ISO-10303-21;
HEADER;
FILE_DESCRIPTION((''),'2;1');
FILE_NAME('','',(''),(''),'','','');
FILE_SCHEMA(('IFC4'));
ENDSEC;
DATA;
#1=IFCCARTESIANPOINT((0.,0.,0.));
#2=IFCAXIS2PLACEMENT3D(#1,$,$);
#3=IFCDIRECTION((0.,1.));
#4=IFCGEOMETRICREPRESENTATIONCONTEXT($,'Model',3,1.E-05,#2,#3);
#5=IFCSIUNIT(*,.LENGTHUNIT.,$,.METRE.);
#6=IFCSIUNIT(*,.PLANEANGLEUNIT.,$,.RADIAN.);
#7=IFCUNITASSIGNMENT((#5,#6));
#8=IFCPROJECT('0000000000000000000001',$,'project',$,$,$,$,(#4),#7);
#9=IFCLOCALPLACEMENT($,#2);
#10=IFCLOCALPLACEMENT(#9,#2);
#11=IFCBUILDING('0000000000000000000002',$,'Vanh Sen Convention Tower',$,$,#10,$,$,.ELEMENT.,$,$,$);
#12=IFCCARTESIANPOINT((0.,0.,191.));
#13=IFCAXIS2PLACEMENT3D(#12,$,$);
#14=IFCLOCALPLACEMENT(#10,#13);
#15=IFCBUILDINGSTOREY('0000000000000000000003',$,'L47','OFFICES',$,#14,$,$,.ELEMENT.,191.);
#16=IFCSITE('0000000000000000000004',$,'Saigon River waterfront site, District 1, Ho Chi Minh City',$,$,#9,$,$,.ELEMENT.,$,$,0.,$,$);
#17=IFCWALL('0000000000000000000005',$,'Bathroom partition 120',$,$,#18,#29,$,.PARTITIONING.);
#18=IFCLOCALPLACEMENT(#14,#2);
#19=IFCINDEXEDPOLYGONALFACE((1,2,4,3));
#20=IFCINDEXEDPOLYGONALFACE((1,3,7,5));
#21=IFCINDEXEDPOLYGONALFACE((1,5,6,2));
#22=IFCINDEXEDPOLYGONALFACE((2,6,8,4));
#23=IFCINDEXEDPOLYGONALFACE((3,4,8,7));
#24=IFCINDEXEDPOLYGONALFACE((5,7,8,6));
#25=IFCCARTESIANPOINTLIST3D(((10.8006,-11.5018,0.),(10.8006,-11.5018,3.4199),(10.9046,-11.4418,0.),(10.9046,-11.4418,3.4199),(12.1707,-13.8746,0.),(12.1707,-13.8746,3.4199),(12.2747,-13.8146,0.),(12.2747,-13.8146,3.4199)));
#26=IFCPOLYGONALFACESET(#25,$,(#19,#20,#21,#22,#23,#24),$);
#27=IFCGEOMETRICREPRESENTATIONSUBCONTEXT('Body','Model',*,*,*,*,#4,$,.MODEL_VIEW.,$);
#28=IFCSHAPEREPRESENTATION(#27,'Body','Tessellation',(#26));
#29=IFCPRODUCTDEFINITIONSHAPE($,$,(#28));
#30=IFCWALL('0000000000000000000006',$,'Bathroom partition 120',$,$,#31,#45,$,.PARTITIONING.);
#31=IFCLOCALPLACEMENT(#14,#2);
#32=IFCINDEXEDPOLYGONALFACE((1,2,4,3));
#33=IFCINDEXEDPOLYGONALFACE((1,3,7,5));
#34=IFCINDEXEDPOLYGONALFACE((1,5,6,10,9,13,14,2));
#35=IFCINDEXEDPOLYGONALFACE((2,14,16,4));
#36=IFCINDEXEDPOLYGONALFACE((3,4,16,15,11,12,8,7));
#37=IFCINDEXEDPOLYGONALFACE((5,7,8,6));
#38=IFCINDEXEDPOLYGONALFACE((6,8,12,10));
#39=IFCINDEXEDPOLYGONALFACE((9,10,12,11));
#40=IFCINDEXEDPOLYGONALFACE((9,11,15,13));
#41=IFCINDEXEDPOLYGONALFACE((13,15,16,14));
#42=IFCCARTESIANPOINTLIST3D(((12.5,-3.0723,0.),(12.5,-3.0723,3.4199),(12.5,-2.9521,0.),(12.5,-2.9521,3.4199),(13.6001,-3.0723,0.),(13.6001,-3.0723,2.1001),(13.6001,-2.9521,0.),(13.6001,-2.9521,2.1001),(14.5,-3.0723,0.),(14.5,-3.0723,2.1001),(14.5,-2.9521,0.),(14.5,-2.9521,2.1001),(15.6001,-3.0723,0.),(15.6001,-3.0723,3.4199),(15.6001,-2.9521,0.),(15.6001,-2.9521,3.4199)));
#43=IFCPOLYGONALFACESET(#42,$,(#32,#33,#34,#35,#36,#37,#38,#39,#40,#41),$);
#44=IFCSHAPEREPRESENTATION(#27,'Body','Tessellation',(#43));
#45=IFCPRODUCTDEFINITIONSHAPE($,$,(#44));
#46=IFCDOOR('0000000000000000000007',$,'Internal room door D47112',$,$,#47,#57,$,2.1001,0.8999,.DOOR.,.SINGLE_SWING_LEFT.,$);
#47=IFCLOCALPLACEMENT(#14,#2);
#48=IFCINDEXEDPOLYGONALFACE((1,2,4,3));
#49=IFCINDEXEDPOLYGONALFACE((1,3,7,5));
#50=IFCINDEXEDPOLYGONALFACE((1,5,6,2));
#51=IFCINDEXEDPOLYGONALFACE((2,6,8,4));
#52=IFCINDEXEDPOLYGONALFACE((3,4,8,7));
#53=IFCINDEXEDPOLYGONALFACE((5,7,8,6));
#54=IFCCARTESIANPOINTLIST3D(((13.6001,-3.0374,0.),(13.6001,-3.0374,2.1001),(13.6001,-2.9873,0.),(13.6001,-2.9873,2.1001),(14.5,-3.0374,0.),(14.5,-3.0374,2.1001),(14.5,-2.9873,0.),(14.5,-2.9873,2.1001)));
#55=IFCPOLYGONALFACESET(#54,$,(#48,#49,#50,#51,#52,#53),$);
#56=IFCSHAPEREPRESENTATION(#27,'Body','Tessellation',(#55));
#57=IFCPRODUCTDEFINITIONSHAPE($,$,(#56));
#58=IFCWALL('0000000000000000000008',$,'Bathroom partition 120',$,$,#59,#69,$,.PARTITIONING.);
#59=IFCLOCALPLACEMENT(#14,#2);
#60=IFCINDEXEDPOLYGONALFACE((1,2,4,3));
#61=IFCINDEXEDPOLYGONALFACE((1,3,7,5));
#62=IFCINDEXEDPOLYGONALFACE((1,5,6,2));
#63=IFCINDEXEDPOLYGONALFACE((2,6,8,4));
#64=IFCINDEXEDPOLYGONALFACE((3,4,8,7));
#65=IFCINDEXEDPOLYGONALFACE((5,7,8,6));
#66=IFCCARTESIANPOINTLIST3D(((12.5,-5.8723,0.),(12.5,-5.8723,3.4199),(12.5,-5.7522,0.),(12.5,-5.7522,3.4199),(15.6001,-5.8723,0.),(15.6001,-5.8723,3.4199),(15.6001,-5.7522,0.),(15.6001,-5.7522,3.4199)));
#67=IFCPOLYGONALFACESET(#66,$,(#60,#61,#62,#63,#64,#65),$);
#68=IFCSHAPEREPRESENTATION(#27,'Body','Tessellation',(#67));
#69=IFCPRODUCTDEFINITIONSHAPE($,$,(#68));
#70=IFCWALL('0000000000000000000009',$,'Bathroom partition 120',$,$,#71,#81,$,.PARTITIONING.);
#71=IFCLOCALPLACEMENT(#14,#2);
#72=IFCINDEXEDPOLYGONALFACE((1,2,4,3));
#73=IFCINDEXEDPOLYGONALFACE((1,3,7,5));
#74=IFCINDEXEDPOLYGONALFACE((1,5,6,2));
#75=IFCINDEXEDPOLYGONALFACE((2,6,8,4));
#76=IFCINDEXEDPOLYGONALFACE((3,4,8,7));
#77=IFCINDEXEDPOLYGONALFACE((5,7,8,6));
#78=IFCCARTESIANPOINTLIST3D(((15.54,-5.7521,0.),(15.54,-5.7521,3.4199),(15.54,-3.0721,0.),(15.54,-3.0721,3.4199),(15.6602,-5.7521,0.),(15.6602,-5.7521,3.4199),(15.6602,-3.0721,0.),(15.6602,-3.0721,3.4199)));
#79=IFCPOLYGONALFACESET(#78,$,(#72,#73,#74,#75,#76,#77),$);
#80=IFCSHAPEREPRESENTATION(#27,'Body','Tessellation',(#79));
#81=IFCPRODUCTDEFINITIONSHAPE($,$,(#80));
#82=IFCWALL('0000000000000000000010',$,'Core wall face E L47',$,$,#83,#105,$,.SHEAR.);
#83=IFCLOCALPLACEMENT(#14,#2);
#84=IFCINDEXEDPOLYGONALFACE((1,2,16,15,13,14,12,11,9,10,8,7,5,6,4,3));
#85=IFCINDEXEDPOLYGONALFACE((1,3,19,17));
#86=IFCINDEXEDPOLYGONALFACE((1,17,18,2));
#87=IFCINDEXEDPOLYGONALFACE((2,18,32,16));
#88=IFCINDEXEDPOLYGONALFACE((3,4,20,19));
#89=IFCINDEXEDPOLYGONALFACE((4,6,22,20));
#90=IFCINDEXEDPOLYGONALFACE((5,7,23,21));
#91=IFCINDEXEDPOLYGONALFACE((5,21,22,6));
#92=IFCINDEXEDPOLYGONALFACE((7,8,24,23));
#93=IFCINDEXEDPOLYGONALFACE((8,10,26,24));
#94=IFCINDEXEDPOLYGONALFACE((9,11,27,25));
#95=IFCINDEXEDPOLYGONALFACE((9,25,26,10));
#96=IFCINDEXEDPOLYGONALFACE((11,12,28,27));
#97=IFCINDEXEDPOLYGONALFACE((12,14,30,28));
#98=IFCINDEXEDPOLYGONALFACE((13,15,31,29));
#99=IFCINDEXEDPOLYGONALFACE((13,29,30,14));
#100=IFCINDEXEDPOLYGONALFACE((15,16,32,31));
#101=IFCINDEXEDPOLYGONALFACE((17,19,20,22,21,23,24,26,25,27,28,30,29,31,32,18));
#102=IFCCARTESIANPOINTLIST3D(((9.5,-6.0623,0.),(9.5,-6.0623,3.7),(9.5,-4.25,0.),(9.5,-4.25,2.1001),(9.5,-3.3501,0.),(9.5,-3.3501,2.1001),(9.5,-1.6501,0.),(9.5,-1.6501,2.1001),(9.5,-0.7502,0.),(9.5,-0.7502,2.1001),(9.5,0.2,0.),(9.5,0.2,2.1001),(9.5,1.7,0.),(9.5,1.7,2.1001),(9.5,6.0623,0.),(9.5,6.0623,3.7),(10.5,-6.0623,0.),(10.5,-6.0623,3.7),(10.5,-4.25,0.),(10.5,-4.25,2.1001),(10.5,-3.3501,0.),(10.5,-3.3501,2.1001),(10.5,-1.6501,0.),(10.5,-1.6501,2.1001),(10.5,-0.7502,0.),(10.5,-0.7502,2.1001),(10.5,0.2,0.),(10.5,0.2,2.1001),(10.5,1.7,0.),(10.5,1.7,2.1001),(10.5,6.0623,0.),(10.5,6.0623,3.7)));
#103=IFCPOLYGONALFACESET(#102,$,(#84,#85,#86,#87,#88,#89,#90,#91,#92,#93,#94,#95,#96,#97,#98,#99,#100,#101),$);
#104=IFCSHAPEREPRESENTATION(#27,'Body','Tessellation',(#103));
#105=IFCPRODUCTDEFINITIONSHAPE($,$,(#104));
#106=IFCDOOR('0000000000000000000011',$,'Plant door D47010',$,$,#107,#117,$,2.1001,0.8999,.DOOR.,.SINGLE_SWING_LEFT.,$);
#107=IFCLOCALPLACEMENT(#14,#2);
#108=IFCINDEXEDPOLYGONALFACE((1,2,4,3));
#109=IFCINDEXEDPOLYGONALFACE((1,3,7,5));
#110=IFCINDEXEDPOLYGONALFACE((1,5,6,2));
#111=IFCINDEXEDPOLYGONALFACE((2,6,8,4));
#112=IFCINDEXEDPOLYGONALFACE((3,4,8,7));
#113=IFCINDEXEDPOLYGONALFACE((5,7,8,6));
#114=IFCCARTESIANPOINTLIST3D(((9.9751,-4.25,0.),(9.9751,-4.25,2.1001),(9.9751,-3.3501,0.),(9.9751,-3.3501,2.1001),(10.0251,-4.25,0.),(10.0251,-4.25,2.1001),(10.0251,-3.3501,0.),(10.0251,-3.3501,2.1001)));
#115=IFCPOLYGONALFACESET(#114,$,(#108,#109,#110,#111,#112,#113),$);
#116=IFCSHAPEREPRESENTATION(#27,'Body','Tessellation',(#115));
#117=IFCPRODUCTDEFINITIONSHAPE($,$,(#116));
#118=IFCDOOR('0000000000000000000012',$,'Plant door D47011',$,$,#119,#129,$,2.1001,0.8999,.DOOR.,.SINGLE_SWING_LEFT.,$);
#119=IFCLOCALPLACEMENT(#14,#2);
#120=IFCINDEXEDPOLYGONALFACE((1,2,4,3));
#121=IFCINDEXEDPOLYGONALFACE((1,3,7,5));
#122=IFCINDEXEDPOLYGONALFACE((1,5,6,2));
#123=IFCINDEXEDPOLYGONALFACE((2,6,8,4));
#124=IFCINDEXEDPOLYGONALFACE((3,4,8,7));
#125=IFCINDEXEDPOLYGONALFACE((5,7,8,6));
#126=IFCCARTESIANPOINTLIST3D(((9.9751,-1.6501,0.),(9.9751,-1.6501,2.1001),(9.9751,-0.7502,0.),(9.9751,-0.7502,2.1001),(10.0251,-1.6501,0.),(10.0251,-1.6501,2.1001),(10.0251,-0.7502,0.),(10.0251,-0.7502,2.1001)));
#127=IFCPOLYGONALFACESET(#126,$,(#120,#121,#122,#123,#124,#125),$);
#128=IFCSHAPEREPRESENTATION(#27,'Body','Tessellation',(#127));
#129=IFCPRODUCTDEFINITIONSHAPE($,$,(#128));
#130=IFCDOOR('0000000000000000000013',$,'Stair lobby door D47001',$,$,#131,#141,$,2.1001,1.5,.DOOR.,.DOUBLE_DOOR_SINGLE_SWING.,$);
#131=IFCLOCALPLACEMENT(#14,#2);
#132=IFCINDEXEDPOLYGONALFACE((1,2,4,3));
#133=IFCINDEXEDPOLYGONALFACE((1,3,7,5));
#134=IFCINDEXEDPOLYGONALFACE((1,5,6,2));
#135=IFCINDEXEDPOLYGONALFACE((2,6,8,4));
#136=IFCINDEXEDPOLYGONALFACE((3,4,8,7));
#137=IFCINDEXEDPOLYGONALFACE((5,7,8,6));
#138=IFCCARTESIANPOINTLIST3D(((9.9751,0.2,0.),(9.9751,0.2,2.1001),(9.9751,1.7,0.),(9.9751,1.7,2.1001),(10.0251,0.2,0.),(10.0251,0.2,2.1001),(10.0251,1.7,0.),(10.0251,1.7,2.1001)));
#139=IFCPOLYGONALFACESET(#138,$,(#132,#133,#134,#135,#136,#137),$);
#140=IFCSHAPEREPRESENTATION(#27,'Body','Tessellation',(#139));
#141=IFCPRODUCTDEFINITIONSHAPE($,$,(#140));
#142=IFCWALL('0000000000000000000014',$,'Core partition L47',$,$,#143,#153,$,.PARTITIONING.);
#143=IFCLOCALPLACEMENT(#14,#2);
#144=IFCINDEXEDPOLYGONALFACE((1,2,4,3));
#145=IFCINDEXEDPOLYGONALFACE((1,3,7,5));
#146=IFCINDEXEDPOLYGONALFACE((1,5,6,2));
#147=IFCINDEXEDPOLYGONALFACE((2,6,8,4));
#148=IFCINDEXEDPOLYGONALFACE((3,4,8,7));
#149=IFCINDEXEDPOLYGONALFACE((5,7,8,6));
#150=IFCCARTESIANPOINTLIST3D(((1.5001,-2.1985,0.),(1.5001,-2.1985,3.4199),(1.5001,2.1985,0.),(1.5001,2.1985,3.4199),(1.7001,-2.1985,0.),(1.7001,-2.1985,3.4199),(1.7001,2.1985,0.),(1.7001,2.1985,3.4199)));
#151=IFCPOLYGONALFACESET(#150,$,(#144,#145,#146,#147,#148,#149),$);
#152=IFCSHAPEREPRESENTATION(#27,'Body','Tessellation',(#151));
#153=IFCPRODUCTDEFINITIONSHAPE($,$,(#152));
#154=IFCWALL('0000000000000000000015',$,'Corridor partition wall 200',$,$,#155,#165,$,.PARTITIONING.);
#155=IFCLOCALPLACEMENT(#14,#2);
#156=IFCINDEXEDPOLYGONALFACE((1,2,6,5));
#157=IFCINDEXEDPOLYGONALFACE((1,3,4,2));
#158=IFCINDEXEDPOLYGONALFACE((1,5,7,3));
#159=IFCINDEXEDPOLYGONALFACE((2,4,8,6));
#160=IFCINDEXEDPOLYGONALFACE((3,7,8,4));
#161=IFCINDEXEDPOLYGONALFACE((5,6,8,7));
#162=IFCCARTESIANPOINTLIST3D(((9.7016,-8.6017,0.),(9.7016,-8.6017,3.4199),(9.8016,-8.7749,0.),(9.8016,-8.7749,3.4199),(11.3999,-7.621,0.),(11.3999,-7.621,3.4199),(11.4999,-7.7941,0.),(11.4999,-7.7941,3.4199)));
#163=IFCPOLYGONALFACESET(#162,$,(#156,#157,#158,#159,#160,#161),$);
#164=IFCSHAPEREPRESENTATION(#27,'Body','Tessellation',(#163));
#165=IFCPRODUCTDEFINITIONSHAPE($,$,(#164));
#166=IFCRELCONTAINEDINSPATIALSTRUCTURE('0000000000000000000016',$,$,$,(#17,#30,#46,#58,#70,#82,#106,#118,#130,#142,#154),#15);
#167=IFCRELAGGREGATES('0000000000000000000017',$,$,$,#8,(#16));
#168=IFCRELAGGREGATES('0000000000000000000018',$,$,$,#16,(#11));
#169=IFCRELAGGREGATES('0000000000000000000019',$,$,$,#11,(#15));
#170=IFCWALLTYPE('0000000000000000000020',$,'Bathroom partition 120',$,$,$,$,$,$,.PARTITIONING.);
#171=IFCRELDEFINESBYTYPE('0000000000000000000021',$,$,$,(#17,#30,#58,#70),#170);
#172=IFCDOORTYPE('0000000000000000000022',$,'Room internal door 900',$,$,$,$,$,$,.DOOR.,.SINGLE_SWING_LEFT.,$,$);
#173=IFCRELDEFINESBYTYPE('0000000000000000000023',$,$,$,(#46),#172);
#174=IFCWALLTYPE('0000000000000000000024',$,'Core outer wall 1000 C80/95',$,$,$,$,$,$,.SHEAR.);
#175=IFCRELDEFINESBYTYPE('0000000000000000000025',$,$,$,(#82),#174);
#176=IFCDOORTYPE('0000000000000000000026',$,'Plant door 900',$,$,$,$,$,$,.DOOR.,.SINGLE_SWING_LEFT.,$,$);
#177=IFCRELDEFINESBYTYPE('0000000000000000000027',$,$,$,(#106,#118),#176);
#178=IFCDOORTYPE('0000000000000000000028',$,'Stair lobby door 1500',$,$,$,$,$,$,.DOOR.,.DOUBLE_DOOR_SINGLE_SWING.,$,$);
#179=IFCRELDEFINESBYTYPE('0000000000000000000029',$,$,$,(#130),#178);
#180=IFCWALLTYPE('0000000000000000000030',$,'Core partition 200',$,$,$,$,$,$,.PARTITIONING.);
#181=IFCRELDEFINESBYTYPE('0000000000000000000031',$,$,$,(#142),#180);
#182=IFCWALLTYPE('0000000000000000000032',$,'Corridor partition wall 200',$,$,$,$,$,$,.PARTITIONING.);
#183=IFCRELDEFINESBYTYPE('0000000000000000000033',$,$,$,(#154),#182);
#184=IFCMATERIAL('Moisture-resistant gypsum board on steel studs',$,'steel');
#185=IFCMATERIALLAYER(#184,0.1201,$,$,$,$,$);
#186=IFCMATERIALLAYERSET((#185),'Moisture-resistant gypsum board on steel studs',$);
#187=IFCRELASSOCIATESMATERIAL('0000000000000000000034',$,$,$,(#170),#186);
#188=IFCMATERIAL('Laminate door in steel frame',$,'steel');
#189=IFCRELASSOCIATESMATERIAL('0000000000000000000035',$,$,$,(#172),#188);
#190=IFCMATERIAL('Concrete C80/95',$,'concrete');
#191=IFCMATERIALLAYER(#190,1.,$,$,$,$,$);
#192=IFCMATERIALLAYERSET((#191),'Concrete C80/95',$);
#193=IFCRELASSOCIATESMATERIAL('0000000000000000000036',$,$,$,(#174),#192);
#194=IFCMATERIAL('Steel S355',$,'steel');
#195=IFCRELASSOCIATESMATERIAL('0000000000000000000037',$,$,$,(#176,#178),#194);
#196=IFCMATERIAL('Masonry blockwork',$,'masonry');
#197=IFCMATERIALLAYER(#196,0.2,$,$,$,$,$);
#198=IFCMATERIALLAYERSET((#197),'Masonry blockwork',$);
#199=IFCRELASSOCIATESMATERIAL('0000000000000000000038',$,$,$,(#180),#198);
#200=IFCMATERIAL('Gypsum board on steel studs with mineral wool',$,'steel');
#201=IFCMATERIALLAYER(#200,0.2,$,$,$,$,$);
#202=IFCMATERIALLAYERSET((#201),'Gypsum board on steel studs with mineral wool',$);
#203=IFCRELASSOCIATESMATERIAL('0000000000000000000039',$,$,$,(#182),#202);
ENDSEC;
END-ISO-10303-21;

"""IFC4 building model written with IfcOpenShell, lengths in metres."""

from ifc_helpers import new_model, si_unit, direction, frame, frame_2d, origin, place, context, subcontext, project, spatial, rectangle, extrude, material, layer, layer_set, type_object, element, fill, save


model = new_model("IFC4")

# Units and contexts
model_context = context("Model", 3, precision=1e-05, world=origin(), true_north=direction((0.0, 1.0)))
body_context = subcontext(model_context, "Body", "Model", "MODEL_VIEW")
ifc_project = project(units=[si_unit("LENGTHUNIT", "METRE"), si_unit("PLANEANGLEUNIT", "RADIAN")], contexts=[model_context])

# Site, building, storey
site_placement = place(None, origin())
site = spatial("IfcSite", under=ifc_project, at=site_placement, Name="Saigon River waterfront site, District 1, Ho Chi Minh City", CompositionType="ELEMENT", RefElevation=0.0)
building_placement = place(site_placement, origin())
building = spatial("IfcBuilding", under=site, at=building_placement, Name="Vanh Sen Convention Tower", CompositionType="ELEMENT")
storey_placement = place(building_placement, frame((0.0, 0.0, 191.0)))
storey = spatial("IfcBuildingStorey", under=building, at=storey_placement, Name="L47", Description="OFFICES", CompositionType="ELEMENT", Elevation=191.0)

# Wall
ifc_material_1 = material(Name="Moisture-resistant gypsum board on steel studs", Category="steel")
ifc_layer_1 = layer(ifc_material_1, 0.1201)
ifc_layer_set_1 = layer_set([ifc_layer_1], Name="Moisture-resistant gypsum board on steel studs")
wall_type_1 = type_object("IfcWallType", Name="Bathroom partition 120", PredefinedType="PARTITIONING", material=ifc_layer_set_1)
wall_1_placement = place(storey_placement, frame((10.8525, -11.4717, 0.0), z_axis=(0.0, 0.0, 1.0), x_axis=(0.500049, -0.865997, 0.0)))
element("IfcWall", 1, at=wall_1_placement, inside=storey, type_object=wall_type_1, Name="Bathroom partition 120", PredefinedType="PARTITIONING", context=body_context, shape_type="SweptSolid", body=[
    extrude(rectangle(XDim=2.74, YDim=0.1201, at=frame_2d((1.3701, 0.0))), origin(), (0.0, 0.0, 1.0), 3.4199),
])

# Wall, opening, door
wall_2_placement = place(storey_placement, frame((12.5, -3.0122, 0.0), z_axis=(0.0, 0.0, 1.0), x_axis=(1.0, 0.0, 0.0)))
wall_2 = element("IfcWall", 2, at=wall_2_placement, inside=storey, type_object=wall_type_1, Name="Bathroom partition 120", PredefinedType="PARTITIONING", context=body_context, shape_type="SweptSolid", body=[
    extrude(rectangle(XDim=3.1001, YDim=0.1201, at=frame_2d((1.55, 0.0))), origin(), (0.0, 0.0, 1.0), 3.4199),
])
opening_1_placement = place(wall_2_placement, frame((1.1001, 0.0, 0.0)))
opening_1 = element("IfcOpeningElement", 3, at=opening_1_placement, cuts=wall_2, PredefinedType="OPENING", context=body_context, shape_type="SweptSolid", body=[
    extrude(rectangle(XDim=0.8999, YDim=2.1001, at=frame_2d((0.45, 1.05))), frame((0.0, 0.0701, 0.0), z_axis=(0.0, -1.0, 0.0), x_axis=(1.0, 0.0, 0.0)), (0.0, 0.0, 1.0), 0.1401),
])
ifc_material_2 = material(Name="Laminate door in steel frame", Category="steel")
door_type_1 = type_object("IfcDoorType", Name="Room internal door 900", OperationType="SINGLE_SWING_LEFT", PredefinedType="DOOR", material=ifc_material_2)
door_1_placement = place(opening_1_placement, origin())
door_1 = element("IfcDoor", 4, at=door_1_placement, inside=storey, type_object=door_type_1, Name="Internal room door D47112", OperationType="SINGLE_SWING_LEFT", OverallHeight=2.1001, OverallWidth=0.8999, PredefinedType="DOOR", context=body_context, shape_type="SweptSolid", body=[
    extrude(rectangle(XDim=0.8999, YDim=2.1001, at=frame_2d((0.45, 1.05))), frame((0.0, 0.0249, 0.0), z_axis=(0.0, -1.0, 0.0), x_axis=(1.0, 0.0, 0.0)), (0.0, 0.0, 1.0), 0.05),
])
fill(opening_1, door_1)

# Walls
wall_3_placement = place(storey_placement, frame((15.6001, -5.8123, 0.0), z_axis=(0.0, 0.0, 1.0), x_axis=(-1.0, 0.0, 0.0)))
element("IfcWall", 5, at=wall_3_placement, inside=storey, type_object=wall_type_1, Name="Bathroom partition 120", PredefinedType="PARTITIONING", context=body_context, shape_type="SweptSolid", body=[
    extrude(rectangle(XDim=3.1001, YDim=0.1201, at=frame_2d((1.55, 0.0))), origin(), (0.0, 0.0, 1.0), 3.4199),
])
wall_4_placement = place(storey_placement, frame((15.6001, -3.0723, 0.0), z_axis=(0.0, 0.0, 1.0), x_axis=(0.0, -1.0, 0.0)))
element("IfcWall", 6, at=wall_4_placement, inside=storey, type_object=wall_type_1, Name="Bathroom partition 120", PredefinedType="PARTITIONING", context=body_context, shape_type="SweptSolid", body=[
    extrude(rectangle(XDim=2.6799, YDim=0.1201, at=frame_2d((1.3398, 0.0))), origin(), (0.0, 0.0, 1.0), 3.4199),
])

# Wall, openings, doors
ifc_material_3 = material(Name="Concrete C80/95", Category="concrete")
ifc_layer_2 = layer(ifc_material_3, 1.0)
ifc_layer_set_2 = layer_set([ifc_layer_2], Name="Concrete C80/95")
wall_type_2 = type_object("IfcWallType", Name="Core outer wall 1000 C80/95", PredefinedType="SHEAR", material=ifc_layer_set_2)
wall_5_placement = place(storey_placement, frame((10.0, -6.0623, 0.0), z_axis=(0.0, 0.0, 1.0), x_axis=(0.0, 1.0, 0.0)))
wall_5 = element("IfcWall", 7, at=wall_5_placement, inside=storey, type_object=wall_type_2, Name="Core wall face E L47", PredefinedType="SHEAR", context=body_context, shape_type="SweptSolid", body=[
    extrude(rectangle(XDim=12.1245, YDim=1.0, at=frame_2d((6.0623, 0.0))), origin(), (0.0, 0.0, 1.0), 3.7),
])
opening_2_placement = place(wall_5_placement, frame((6.2622, 0.0, 0.0)))
opening_2 = element("IfcOpeningElement", 8, at=opening_2_placement, cuts=wall_5, PredefinedType="OPENING", context=body_context, shape_type="SweptSolid", body=[
    extrude(rectangle(XDim=1.5, YDim=2.1001, at=frame_2d((0.75, 1.05))), frame((0.0, 0.51, 0.0), z_axis=(0.0, -1.0, 0.0), x_axis=(1.0, 0.0, 0.0)), (0.0, 0.0, 1.0), 1.02),
])
opening_3_placement = place(wall_5_placement, frame((1.8123, 0.0, 0.0)))
opening_3 = element("IfcOpeningElement", 9, at=opening_3_placement, cuts=wall_5, PredefinedType="OPENING", context=body_context, shape_type="SweptSolid", body=[
    extrude(rectangle(XDim=0.8999, YDim=2.1001, at=frame_2d((0.45, 1.05))), frame((0.0, 0.51, 0.0), z_axis=(0.0, -1.0, 0.0), x_axis=(1.0, 0.0, 0.0)), (0.0, 0.0, 1.0), 1.02),
])
opening_4_placement = place(wall_5_placement, frame((4.4121, 0.0, 0.0)))
opening_4 = element("IfcOpeningElement", 10, at=opening_4_placement, cuts=wall_5, PredefinedType="OPENING", context=body_context, shape_type="SweptSolid", body=[
    extrude(rectangle(XDim=0.8999, YDim=2.1001, at=frame_2d((0.45, 1.05))), frame((0.0, 0.51, 0.0), z_axis=(0.0, -1.0, 0.0), x_axis=(1.0, 0.0, 0.0)), (0.0, 0.0, 1.0), 1.02),
])
ifc_material_4 = material(Name="Steel S355", Category="steel")
door_type_2 = type_object("IfcDoorType", Name="Plant door 900", OperationType="SINGLE_SWING_LEFT", PredefinedType="DOOR", material=ifc_material_4)
door_2_placement = place(opening_3_placement, origin())
door_2 = element("IfcDoor", 11, at=door_2_placement, inside=storey, type_object=door_type_2, Name="Plant door D47010", OperationType="SINGLE_SWING_LEFT", OverallHeight=2.1001, OverallWidth=0.8999, PredefinedType="DOOR", context=body_context, shape_type="SweptSolid", body=[
    extrude(rectangle(XDim=0.8999, YDim=2.1001, at=frame_2d((0.45, 1.05))), frame((0.0, 0.0249, 0.0), z_axis=(0.0, -1.0, 0.0), x_axis=(1.0, 0.0, 0.0)), (0.0, 0.0, 1.0), 0.05),
])
fill(opening_3, door_2)
door_3_placement = place(opening_4_placement, origin())
door_3 = element("IfcDoor", 12, at=door_3_placement, inside=storey, type_object=door_type_2, Name="Plant door D47011", OperationType="SINGLE_SWING_LEFT", OverallHeight=2.1001, OverallWidth=0.8999, PredefinedType="DOOR", context=body_context, shape_type="SweptSolid", body=[
    extrude(rectangle(XDim=0.8999, YDim=2.1001, at=frame_2d((0.45, 1.05))), frame((0.0, 0.0249, 0.0), z_axis=(0.0, -1.0, 0.0), x_axis=(1.0, 0.0, 0.0)), (0.0, 0.0, 1.0), 0.05),
])
fill(opening_4, door_3)
door_type_3 = type_object("IfcDoorType", Name="Stair lobby door 1500", OperationType="DOUBLE_DOOR_SINGLE_SWING", PredefinedType="DOOR", material=ifc_material_4)
door_4_placement = place(opening_2_placement, origin())
door_4 = element("IfcDoor", 13, at=door_4_placement, inside=storey, type_object=door_type_3, Name="Stair lobby door D47001", OperationType="DOUBLE_DOOR_SINGLE_SWING", OverallHeight=2.1001, OverallWidth=1.5, PredefinedType="DOOR", context=body_context, shape_type="SweptSolid", body=[
    extrude(rectangle(XDim=1.5, YDim=2.1001, at=frame_2d((0.75, 1.05))), frame((0.0, 0.0249, 0.0), z_axis=(0.0, -1.0, 0.0), x_axis=(1.0, 0.0, 0.0)), (0.0, 0.0, 1.0), 0.05),
])
fill(opening_2, door_4)

# Walls
ifc_material_5 = material(Name="Masonry blockwork", Category="masonry")
ifc_layer_3 = layer(ifc_material_5, 0.2)
ifc_layer_set_3 = layer_set([ifc_layer_3], Name="Masonry blockwork")
wall_type_3 = type_object("IfcWallType", Name="Core partition 200", PredefinedType="PARTITIONING", material=ifc_layer_set_3)
wall_6_placement = place(storey_placement, frame((1.6001, -2.1985, 0.0), z_axis=(0.0, 0.0, 1.0), x_axis=(0.0, 1.0, 0.0)))
element("IfcWall", 14, at=wall_6_placement, inside=storey, type_object=wall_type_3, Name="Core partition L47", PredefinedType="PARTITIONING", context=body_context, shape_type="SweptSolid", body=[
    extrude(rectangle(XDim=4.397, YDim=0.2, at=frame_2d((2.1985, 0.0))), origin(), (0.0, 0.0, 1.0), 3.4199),
])
ifc_material_6 = material(Name="Gypsum board on steel studs with mineral wool", Category="steel")
ifc_layer_4 = layer(ifc_material_6, 0.2)
ifc_layer_set_4 = layer_set([ifc_layer_4], Name="Gypsum board on steel studs with mineral wool")
wall_type_4 = type_object("IfcWallType", Name="Corridor partition wall 200", PredefinedType="PARTITIONING", material=ifc_layer_set_4)
wall_7_placement = place(storey_placement, frame((9.7517, -8.6882, 0.0), z_axis=(0.0, 0.0, 1.0), x_axis=(0.865974, 0.500089, 0.0)))
element("IfcWall", 15, at=wall_7_placement, inside=storey, type_object=wall_type_4, Name="Corridor partition wall 200", PredefinedType="PARTITIONING", context=body_context, shape_type="SweptSolid", body=[
    extrude(rectangle(XDim=1.9612, YDim=0.2, at=frame_2d((0.9805, 0.0))), origin(), (0.0, 0.0, 1.0), 3.4199),
])

save(model, "model.ifc")
